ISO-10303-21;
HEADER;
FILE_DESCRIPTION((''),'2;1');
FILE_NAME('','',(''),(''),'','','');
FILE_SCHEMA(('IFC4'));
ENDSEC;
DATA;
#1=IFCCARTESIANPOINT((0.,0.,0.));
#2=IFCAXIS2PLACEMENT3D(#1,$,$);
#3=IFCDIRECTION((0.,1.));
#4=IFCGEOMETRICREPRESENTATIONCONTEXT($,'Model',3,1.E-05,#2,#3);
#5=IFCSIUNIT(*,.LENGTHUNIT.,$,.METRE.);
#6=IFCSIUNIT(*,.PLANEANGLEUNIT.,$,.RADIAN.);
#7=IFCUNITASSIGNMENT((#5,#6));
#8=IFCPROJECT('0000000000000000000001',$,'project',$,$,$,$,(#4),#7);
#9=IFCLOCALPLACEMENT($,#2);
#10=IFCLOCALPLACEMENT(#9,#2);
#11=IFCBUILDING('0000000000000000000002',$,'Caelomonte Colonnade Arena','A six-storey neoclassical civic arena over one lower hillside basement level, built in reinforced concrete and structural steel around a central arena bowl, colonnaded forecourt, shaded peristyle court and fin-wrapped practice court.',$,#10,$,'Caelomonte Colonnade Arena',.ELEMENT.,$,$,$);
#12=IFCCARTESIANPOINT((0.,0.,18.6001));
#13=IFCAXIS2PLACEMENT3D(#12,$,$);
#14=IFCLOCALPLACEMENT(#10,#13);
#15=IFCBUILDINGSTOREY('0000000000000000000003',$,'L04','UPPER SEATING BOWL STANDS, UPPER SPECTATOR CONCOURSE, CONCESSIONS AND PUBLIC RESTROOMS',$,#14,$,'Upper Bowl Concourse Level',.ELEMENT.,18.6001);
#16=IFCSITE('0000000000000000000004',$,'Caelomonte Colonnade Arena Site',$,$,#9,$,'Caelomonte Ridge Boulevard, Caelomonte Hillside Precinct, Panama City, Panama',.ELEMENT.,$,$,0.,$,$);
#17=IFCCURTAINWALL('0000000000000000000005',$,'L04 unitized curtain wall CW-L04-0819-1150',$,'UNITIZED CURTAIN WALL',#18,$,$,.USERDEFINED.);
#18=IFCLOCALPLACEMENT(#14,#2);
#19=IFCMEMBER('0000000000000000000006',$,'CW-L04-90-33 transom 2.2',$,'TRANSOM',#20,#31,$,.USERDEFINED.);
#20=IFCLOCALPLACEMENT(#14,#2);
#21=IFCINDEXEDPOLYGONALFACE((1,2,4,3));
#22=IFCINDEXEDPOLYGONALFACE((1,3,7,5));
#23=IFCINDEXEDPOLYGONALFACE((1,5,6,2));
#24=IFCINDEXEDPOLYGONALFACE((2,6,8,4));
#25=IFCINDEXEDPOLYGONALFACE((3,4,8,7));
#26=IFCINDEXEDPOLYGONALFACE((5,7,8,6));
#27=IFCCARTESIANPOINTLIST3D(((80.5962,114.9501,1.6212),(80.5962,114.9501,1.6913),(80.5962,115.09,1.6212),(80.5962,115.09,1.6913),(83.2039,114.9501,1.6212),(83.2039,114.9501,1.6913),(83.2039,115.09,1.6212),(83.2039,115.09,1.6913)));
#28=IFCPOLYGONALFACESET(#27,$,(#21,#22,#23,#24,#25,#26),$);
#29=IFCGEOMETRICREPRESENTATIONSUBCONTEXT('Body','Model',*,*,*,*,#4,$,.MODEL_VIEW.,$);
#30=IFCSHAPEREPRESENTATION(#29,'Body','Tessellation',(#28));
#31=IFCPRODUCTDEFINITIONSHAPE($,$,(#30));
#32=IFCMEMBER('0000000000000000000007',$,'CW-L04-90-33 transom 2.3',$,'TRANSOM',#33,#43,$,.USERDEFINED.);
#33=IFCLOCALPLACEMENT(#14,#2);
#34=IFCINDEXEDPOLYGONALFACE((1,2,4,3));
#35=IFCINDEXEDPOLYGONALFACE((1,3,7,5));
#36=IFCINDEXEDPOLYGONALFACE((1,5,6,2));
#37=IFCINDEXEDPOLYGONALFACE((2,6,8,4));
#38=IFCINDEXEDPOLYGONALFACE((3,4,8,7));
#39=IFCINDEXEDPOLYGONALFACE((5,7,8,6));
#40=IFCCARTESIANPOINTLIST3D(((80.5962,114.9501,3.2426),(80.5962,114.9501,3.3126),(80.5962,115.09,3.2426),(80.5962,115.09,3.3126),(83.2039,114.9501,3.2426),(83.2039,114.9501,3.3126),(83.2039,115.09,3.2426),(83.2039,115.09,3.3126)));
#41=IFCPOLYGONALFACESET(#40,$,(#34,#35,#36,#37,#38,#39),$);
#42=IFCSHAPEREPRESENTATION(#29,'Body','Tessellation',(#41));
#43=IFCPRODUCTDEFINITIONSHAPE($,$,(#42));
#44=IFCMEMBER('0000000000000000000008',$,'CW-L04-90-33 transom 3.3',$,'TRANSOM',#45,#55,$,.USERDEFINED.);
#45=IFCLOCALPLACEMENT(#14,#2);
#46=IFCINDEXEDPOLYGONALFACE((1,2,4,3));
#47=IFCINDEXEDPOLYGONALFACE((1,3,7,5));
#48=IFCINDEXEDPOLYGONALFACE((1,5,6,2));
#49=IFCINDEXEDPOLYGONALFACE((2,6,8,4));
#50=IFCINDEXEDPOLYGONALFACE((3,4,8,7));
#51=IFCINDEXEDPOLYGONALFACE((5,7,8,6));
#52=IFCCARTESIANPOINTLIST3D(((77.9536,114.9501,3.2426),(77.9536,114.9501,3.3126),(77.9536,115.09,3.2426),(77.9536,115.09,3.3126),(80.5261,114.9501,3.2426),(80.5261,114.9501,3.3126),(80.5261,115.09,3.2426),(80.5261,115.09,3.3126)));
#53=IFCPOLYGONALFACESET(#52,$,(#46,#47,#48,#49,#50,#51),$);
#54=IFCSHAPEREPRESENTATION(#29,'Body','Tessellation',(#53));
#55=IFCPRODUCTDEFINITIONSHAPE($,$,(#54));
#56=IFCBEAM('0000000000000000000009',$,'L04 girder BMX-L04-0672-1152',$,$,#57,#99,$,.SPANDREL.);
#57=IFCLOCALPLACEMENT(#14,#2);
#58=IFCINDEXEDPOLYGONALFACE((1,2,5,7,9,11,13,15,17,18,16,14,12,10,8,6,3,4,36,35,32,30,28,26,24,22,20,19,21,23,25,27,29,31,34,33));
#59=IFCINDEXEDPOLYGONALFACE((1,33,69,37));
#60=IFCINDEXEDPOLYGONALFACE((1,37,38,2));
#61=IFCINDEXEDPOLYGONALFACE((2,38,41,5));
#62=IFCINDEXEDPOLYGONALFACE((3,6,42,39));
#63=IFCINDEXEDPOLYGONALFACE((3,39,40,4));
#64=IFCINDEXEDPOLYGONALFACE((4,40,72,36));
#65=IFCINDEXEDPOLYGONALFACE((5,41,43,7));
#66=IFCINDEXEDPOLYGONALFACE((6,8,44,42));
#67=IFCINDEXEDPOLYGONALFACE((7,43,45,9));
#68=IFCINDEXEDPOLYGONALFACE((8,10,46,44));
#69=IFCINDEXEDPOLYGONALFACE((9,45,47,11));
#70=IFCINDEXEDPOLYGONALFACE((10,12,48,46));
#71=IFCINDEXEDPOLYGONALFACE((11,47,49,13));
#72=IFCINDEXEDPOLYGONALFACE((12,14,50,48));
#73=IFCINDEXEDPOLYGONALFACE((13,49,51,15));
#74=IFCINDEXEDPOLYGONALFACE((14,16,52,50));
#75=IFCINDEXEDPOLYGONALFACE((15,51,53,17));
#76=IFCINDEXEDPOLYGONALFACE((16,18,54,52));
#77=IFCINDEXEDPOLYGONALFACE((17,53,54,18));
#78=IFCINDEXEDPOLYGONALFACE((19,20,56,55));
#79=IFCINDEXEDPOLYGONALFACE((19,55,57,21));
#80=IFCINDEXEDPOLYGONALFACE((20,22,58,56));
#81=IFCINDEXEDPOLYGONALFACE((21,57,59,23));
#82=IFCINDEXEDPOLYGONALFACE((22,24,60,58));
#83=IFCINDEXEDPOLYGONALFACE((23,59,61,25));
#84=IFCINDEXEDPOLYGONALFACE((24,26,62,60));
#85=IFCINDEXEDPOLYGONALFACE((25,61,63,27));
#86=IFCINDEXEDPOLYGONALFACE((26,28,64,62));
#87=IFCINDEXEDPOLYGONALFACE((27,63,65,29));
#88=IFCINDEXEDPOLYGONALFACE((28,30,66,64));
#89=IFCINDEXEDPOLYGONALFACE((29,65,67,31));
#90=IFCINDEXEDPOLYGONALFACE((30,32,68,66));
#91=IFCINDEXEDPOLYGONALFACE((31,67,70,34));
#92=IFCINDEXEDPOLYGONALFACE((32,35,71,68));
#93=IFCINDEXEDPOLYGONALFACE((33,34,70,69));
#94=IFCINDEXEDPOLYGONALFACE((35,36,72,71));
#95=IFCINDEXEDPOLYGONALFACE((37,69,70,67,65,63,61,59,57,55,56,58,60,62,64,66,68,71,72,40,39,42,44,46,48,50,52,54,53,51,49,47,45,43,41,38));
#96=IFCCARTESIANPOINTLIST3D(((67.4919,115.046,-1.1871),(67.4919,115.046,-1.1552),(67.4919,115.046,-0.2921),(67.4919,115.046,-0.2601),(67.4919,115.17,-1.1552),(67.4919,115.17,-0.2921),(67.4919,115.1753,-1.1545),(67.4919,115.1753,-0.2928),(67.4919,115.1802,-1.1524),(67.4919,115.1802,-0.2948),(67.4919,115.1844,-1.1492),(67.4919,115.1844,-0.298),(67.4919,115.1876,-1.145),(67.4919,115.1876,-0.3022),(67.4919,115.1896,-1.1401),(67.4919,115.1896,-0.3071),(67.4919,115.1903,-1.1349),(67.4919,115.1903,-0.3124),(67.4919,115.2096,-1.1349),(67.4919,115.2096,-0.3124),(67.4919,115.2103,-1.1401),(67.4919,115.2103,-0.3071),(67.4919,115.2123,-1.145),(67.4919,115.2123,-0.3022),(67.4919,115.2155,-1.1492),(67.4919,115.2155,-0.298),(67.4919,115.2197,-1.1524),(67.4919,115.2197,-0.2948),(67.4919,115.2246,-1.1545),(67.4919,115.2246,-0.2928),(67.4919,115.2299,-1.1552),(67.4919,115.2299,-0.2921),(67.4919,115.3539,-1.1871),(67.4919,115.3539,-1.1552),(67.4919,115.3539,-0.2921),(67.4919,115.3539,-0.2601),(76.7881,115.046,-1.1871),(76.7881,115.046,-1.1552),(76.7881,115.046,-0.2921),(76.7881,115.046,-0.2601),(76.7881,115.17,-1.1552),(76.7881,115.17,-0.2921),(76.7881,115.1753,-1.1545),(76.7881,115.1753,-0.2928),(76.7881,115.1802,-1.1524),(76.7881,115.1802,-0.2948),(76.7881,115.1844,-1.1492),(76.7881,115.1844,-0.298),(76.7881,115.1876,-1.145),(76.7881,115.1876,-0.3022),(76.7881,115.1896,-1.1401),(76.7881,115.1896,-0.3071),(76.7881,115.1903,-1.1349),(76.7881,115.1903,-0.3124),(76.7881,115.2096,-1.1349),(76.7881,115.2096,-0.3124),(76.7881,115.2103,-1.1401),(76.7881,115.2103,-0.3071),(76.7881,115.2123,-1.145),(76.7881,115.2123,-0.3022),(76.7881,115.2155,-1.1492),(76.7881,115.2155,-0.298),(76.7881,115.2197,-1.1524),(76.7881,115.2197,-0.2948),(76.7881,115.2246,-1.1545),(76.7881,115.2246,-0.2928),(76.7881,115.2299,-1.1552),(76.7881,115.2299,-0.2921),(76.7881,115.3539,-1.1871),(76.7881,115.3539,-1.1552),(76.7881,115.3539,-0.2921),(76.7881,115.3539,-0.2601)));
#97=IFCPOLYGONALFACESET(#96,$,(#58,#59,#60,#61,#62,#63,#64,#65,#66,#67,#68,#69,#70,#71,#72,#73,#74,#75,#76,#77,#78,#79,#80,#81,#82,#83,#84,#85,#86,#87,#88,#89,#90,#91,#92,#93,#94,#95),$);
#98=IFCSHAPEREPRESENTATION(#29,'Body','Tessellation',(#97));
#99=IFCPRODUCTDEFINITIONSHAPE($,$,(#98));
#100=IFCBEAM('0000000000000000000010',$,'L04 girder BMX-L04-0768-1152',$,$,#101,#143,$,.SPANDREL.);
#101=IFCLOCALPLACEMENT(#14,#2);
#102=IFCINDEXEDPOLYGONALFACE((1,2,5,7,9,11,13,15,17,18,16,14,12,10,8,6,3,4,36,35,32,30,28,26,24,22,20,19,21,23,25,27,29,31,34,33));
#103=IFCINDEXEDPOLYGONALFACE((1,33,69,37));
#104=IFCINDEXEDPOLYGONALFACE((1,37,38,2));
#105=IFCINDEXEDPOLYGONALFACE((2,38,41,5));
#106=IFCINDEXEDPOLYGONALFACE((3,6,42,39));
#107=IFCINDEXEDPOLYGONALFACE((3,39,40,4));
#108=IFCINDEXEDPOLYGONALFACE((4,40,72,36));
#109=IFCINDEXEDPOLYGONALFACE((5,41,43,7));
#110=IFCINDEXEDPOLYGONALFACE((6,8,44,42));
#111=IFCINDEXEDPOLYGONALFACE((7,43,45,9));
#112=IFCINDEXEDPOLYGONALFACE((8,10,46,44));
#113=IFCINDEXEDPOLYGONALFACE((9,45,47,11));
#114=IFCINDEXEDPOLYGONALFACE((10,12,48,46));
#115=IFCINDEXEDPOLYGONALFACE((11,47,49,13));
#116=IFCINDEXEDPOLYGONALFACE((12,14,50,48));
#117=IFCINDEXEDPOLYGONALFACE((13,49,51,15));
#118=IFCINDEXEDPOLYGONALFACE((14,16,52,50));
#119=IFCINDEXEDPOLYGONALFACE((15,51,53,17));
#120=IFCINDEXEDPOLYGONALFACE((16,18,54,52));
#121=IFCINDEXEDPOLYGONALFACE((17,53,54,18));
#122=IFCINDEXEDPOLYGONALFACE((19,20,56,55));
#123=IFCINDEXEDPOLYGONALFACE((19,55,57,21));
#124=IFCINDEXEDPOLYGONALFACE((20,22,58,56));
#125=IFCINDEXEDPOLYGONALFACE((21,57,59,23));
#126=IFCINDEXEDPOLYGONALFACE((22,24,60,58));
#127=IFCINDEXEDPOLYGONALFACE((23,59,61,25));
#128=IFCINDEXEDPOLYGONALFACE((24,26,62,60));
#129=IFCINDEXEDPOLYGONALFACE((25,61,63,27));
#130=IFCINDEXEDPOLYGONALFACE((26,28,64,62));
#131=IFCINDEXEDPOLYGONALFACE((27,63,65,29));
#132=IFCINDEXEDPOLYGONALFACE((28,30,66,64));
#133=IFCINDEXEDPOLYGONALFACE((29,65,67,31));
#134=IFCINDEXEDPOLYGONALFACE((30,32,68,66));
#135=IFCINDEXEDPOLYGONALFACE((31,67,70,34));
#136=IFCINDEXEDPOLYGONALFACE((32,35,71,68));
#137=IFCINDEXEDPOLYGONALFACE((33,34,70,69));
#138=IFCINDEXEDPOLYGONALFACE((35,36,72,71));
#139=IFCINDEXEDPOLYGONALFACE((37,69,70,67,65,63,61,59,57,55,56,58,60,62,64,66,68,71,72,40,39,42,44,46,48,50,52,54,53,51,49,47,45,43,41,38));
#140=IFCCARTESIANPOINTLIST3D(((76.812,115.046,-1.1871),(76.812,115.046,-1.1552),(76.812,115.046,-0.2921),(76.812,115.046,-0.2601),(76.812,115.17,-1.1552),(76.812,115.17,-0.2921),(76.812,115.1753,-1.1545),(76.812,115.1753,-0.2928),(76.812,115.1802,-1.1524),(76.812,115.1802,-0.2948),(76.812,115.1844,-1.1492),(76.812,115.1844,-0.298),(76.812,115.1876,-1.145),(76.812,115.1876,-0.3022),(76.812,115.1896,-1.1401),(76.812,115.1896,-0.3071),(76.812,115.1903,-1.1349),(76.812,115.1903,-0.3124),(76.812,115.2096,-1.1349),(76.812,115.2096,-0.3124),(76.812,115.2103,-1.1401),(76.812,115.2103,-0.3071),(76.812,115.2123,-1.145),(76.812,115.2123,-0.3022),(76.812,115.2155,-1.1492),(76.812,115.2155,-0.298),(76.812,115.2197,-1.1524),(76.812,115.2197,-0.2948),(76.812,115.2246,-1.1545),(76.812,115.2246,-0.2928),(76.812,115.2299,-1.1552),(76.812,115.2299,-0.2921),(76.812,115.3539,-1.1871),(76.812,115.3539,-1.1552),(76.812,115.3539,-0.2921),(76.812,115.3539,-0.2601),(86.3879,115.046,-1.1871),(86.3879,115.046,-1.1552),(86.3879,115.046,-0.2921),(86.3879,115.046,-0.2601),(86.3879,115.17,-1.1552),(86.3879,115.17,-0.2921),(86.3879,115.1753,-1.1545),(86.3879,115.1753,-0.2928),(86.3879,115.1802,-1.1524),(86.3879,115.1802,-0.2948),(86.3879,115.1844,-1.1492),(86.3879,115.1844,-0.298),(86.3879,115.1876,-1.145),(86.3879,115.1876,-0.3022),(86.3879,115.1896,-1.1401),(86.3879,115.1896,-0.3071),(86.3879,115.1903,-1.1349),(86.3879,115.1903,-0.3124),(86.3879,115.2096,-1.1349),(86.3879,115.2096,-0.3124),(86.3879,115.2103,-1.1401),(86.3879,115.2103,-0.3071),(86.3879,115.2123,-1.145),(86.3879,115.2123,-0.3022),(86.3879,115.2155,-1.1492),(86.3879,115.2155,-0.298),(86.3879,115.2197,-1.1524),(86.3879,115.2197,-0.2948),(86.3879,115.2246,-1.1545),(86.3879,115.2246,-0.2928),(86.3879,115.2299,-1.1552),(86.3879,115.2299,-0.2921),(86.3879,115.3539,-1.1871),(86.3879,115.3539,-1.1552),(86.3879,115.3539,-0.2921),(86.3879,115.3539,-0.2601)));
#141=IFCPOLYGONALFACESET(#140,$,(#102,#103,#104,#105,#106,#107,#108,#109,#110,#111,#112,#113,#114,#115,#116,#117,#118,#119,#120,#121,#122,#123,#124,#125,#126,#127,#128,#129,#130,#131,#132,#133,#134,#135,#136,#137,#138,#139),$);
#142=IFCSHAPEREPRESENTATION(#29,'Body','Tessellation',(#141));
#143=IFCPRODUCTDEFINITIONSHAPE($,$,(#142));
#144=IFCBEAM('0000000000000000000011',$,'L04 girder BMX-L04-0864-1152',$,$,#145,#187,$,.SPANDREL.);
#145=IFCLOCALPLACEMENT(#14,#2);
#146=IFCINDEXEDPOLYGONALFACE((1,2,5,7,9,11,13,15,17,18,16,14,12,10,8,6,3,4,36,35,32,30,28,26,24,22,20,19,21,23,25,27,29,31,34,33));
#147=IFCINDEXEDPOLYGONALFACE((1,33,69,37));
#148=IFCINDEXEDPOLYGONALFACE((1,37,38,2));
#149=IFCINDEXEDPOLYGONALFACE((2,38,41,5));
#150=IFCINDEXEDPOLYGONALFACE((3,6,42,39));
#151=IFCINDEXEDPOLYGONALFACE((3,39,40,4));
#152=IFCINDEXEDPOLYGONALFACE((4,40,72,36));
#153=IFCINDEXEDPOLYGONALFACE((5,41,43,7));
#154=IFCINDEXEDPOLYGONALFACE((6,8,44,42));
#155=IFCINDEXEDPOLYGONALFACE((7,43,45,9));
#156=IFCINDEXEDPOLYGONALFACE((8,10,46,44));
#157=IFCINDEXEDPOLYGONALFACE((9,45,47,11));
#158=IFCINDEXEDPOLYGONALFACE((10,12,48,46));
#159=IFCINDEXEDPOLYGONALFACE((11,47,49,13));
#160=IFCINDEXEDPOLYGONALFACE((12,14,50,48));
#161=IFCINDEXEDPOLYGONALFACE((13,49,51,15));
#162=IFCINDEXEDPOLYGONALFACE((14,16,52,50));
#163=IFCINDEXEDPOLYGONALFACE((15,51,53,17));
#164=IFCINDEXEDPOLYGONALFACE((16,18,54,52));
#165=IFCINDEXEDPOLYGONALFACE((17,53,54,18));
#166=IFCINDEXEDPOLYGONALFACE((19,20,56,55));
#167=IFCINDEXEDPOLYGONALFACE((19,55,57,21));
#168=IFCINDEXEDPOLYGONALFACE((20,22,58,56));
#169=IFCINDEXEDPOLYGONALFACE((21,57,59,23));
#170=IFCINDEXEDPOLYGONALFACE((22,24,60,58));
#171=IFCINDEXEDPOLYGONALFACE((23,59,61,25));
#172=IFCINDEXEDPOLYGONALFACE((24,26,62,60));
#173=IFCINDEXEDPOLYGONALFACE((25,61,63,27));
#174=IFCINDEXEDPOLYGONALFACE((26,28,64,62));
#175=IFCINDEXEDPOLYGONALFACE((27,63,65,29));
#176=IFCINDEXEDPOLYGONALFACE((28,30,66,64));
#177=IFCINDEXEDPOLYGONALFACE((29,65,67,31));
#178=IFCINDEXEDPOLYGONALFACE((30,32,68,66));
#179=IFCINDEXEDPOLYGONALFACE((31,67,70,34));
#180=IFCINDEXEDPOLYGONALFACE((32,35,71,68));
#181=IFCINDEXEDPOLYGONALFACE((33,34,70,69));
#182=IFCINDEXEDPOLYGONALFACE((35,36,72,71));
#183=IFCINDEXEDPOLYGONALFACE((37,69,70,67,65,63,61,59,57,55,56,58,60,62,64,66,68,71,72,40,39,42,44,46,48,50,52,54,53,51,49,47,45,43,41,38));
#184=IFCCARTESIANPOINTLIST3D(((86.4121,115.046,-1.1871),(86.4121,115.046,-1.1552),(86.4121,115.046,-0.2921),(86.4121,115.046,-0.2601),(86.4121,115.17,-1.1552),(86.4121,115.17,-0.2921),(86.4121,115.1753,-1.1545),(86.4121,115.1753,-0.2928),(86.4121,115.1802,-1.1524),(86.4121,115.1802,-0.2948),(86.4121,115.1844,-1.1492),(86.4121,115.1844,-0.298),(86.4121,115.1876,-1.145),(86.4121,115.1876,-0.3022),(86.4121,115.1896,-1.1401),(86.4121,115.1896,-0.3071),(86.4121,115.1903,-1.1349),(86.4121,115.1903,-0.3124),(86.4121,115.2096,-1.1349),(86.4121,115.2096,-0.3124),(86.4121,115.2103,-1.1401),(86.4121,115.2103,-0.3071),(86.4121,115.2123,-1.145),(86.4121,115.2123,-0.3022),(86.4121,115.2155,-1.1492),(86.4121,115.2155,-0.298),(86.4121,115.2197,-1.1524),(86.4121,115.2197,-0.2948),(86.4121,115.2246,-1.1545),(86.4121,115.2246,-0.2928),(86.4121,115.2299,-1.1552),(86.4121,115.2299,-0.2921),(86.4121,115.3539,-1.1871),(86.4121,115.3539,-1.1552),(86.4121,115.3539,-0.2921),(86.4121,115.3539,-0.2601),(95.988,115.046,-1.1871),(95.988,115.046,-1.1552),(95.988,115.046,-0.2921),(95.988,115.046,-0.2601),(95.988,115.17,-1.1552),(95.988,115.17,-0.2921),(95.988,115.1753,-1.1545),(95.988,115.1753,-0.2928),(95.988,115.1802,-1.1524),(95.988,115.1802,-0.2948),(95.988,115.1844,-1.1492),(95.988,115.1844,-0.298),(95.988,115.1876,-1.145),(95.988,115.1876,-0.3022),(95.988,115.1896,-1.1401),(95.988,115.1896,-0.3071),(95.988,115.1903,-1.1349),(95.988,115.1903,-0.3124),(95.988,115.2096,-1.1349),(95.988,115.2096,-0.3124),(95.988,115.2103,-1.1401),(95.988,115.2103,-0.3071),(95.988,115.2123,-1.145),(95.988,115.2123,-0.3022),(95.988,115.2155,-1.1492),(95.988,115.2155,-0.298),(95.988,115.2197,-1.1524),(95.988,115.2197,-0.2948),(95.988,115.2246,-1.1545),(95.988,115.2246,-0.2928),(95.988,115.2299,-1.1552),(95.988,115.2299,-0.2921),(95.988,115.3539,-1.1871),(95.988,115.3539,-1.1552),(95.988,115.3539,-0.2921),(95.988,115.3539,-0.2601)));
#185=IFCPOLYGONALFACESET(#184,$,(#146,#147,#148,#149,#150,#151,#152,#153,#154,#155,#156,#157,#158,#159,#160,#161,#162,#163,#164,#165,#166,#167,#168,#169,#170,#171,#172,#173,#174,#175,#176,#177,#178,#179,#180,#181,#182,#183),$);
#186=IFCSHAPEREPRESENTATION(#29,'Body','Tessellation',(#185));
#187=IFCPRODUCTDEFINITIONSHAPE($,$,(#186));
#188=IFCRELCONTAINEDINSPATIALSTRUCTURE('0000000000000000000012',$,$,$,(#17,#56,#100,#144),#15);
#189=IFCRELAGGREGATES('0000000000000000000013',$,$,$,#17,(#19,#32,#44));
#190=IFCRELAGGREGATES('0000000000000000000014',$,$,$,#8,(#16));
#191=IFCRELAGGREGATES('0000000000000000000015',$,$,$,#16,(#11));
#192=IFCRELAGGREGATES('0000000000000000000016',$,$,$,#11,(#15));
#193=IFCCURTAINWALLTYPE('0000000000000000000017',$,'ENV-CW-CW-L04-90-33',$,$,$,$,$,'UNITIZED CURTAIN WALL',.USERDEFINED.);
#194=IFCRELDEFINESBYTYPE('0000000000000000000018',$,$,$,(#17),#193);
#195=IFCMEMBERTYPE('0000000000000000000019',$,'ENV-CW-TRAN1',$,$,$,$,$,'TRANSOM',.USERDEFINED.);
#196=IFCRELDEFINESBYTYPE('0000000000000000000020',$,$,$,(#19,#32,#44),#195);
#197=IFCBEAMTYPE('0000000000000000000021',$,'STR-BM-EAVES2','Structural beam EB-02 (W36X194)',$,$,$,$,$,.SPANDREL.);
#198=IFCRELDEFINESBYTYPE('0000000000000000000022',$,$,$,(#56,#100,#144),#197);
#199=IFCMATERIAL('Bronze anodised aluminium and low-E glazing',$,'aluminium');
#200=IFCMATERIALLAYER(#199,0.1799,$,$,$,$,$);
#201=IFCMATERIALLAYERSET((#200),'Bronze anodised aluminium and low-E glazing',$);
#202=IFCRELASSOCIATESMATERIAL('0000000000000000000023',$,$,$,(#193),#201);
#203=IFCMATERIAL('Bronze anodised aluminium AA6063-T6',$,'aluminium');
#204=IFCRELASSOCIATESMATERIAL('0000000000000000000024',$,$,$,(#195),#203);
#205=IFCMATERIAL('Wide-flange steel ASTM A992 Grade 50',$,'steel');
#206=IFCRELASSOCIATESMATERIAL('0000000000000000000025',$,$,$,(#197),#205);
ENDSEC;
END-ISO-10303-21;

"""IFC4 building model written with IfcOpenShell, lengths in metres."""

from ifc_helpers import new_model, si_unit, direction, frame, origin, origin_2d, place, context, subcontext, project, spatial, rectangle, i_section, extrude, material, layer, layer_set, material_profile, profile_set, type_object, element, aggregate, save


model = new_model("IFC4")

# Units and contexts
model_context = context("Model", 3, precision=1e-05, world=origin(), true_north=direction((0.0, 1.0)))
body_context = subcontext(model_context, "Body", "Model", "MODEL_VIEW")
ifc_project = project(units=[si_unit("LENGTHUNIT", "METRE"), si_unit("PLANEANGLEUNIT", "RADIAN")], contexts=[model_context])

# Site, building, storey
site_placement = place(None, origin())
site = spatial("IfcSite", under=ifc_project, at=site_placement, Name="Caelomonte Colonnade Arena Site", LongName="Caelomonte Ridge Boulevard, Caelomonte Hillside Precinct, Panama City, Panama", CompositionType="ELEMENT", RefElevation=0.0)
building_placement = place(site_placement, origin())
building = spatial("IfcBuilding", under=site, at=building_placement, Name="Caelomonte Colonnade Arena", Description="A six-storey neoclassical civic arena over one lower hillside basement level, built in reinforced concrete and structural steel around a central arena bowl, colonnaded forecourt, shaded peristyle court and fin-wrapped practice court.", LongName="Caelomonte Colonnade Arena", CompositionType="ELEMENT")
storey_placement = place(building_placement, frame((0.0, 0.0, 18.6001)))
storey = spatial("IfcBuildingStorey", under=building, at=storey_placement, Name="L04", Description="UPPER SEATING BOWL STANDS, UPPER SPECTATOR CONCOURSE, CONCESSIONS AND PUBLIC RESTROOMS", LongName="Upper Bowl Concourse Level", CompositionType="ELEMENT", Elevation=18.6001)

# Shared definitions
ifc_material_1 = material(Name="Wide-flange steel ASTM A992 Grade 50", Category="steel")

# Curtain wall, members
ifc_material_2 = material(Name="Bronze anodised aluminium and low-E glazing", Category="aluminium")
ifc_layer_1 = layer(ifc_material_2, 0.1799)
ifc_layer_set_1 = layer_set([ifc_layer_1], Name="Bronze anodised aluminium and low-E glazing")
curtain_wall_type = type_object("IfcCurtainWallType", Name="ENV-CW-CW-L04-90-33", ElementType="UNITIZED CURTAIN WALL", PredefinedType="USERDEFINED", material=ifc_layer_set_1)
curtain_wall_placement = place(storey_placement, origin())
curtain_wall = element("IfcCurtainWall", 1, at=curtain_wall_placement, inside=storey, type_object=curtain_wall_type, Name="L04 unitized curtain wall CW-L04-0819-1150", ObjectType="UNITIZED CURTAIN WALL", PredefinedType="USERDEFINED")
ifc_material_3 = material(Name="Bronze anodised aluminium AA6063-T6", Category="aluminium")
ifc_material_profile_1 = material_profile(ifc_material_3, rectangle(XDim=0.0701, YDim=0.1399, at=origin_2d()), Name="CWT-70X140")
ifc_profile_set_1 = profile_set([ifc_material_profile_1], Name="Bronze anodised aluminium AA6063-T6")
member_type_1 = type_object("IfcMemberType", Name="ENV-CW-TRAN1", ElementType="TRANSOM", PredefinedType="USERDEFINED", material=ifc_profile_set_1)
member_1_placement = place(storey_placement, frame((83.2039, 115.02, 1.6562), z_axis=(-1.0, 0.0, 0.0), x_axis=(0.0, 0.0, 1.0)))
member_1 = element("IfcMember", 2, at=member_1_placement, type_object=member_type_1, Name="CW-L04-90-33 transom 2.2", ObjectType="TRANSOM", PredefinedType="USERDEFINED", context=body_context, shape_type="SweptSolid", body=[
    extrude(rectangle(XDim=0.0701, YDim=0.1399, at=origin_2d()), origin(), (0.0, 0.0, 1.0), 2.6077),
])
member_2_placement = place(storey_placement, frame((83.2039, 115.02, 3.2776), z_axis=(-1.0, 0.0, 0.0), x_axis=(0.0, 0.0, 1.0)))
member_2 = element("IfcMember", 3, at=member_2_placement, type_object=member_type_1, Name="CW-L04-90-33 transom 2.3", ObjectType="TRANSOM", PredefinedType="USERDEFINED", context=body_context, shape_type="SweptSolid", body=[
    extrude(rectangle(XDim=0.0701, YDim=0.1399, at=origin_2d()), origin(), (0.0, 0.0, 1.0), 2.6077),
])
member_3_placement = place(storey_placement, frame((80.5261, 115.02, 3.2776), z_axis=(-1.0, 0.0, 0.0), x_axis=(0.0, 0.0, 1.0)))
member_3 = element("IfcMember", 4, at=member_3_placement, type_object=member_type_1, Name="CW-L04-90-33 transom 3.3", ObjectType="TRANSOM", PredefinedType="USERDEFINED", context=body_context, shape_type="SweptSolid", body=[
    extrude(rectangle(XDim=0.0701, YDim=0.1399, at=origin_2d()), origin(), (0.0, 0.0, 1.0), 2.5725),
])

# Beams
ifc_material_profile_2 = material_profile(ifc_material_1, i_section(OverallWidth=0.3079, OverallDepth=0.927, WebThickness=0.0193, FlangeThickness=0.032, FilletRadius=0.0203, at=origin_2d()), Name="W36X194")
ifc_profile_set_2 = profile_set([ifc_material_profile_2], Name="Wide-flange steel ASTM A992 Grade 50")
beam_type_1 = type_object("IfcBeamType", Name="STR-BM-EAVES2", Description="Structural beam EB-02 (W36X194)", PredefinedType="SPANDREL", material=ifc_profile_set_2)
beam_1_placement = place(storey_placement, frame((67.4919, 115.2, -0.7236), z_axis=(1.0, 0.0, 0.0), x_axis=(0.0, 1.0, 0.0)))
element("IfcBeam", 5, at=beam_1_placement, inside=storey, type_object=beam_type_1, Name="L04 girder BMX-L04-0672-1152", PredefinedType="SPANDREL", context=body_context, shape_type="SweptSolid", body=[
    extrude(i_section(OverallWidth=0.3079, OverallDepth=0.927, WebThickness=0.0193, FlangeThickness=0.032, FilletRadius=0.0203, at=origin_2d()), origin(), (0.0, 0.0, 1.0), 9.2961),
])
for number, where, z_axis, x_axis, name in (
    (6, (76.812, 115.2, -0.7236), (1.0, 0.0, 0.0), (0.0, 1.0, 0.0), "L04 girder BMX-L04-0768-1152"),
    (7, (86.4121, 115.2, -0.7236), (1.0, 0.0, 0.0), (0.0, 1.0, 0.0), "L04 girder BMX-L04-0864-1152"),
):
    element("IfcBeam", number, at=place(storey_placement, frame(where, z_axis=z_axis, x_axis=x_axis)), inside=storey, type_object=beam_type_1, Name=name, PredefinedType="SPANDREL", context=body_context, shape_type="SweptSolid", body=[
        extrude(i_section(OverallWidth=0.3079, OverallDepth=0.927, WebThickness=0.0193, FlangeThickness=0.032, FilletRadius=0.0203, at=origin_2d()), origin(), (0.0, 0.0, 1.0), 9.5759),
    ])

aggregate(curtain_wall, [member_1, member_2, member_3])

save(model, "model.ifc")
